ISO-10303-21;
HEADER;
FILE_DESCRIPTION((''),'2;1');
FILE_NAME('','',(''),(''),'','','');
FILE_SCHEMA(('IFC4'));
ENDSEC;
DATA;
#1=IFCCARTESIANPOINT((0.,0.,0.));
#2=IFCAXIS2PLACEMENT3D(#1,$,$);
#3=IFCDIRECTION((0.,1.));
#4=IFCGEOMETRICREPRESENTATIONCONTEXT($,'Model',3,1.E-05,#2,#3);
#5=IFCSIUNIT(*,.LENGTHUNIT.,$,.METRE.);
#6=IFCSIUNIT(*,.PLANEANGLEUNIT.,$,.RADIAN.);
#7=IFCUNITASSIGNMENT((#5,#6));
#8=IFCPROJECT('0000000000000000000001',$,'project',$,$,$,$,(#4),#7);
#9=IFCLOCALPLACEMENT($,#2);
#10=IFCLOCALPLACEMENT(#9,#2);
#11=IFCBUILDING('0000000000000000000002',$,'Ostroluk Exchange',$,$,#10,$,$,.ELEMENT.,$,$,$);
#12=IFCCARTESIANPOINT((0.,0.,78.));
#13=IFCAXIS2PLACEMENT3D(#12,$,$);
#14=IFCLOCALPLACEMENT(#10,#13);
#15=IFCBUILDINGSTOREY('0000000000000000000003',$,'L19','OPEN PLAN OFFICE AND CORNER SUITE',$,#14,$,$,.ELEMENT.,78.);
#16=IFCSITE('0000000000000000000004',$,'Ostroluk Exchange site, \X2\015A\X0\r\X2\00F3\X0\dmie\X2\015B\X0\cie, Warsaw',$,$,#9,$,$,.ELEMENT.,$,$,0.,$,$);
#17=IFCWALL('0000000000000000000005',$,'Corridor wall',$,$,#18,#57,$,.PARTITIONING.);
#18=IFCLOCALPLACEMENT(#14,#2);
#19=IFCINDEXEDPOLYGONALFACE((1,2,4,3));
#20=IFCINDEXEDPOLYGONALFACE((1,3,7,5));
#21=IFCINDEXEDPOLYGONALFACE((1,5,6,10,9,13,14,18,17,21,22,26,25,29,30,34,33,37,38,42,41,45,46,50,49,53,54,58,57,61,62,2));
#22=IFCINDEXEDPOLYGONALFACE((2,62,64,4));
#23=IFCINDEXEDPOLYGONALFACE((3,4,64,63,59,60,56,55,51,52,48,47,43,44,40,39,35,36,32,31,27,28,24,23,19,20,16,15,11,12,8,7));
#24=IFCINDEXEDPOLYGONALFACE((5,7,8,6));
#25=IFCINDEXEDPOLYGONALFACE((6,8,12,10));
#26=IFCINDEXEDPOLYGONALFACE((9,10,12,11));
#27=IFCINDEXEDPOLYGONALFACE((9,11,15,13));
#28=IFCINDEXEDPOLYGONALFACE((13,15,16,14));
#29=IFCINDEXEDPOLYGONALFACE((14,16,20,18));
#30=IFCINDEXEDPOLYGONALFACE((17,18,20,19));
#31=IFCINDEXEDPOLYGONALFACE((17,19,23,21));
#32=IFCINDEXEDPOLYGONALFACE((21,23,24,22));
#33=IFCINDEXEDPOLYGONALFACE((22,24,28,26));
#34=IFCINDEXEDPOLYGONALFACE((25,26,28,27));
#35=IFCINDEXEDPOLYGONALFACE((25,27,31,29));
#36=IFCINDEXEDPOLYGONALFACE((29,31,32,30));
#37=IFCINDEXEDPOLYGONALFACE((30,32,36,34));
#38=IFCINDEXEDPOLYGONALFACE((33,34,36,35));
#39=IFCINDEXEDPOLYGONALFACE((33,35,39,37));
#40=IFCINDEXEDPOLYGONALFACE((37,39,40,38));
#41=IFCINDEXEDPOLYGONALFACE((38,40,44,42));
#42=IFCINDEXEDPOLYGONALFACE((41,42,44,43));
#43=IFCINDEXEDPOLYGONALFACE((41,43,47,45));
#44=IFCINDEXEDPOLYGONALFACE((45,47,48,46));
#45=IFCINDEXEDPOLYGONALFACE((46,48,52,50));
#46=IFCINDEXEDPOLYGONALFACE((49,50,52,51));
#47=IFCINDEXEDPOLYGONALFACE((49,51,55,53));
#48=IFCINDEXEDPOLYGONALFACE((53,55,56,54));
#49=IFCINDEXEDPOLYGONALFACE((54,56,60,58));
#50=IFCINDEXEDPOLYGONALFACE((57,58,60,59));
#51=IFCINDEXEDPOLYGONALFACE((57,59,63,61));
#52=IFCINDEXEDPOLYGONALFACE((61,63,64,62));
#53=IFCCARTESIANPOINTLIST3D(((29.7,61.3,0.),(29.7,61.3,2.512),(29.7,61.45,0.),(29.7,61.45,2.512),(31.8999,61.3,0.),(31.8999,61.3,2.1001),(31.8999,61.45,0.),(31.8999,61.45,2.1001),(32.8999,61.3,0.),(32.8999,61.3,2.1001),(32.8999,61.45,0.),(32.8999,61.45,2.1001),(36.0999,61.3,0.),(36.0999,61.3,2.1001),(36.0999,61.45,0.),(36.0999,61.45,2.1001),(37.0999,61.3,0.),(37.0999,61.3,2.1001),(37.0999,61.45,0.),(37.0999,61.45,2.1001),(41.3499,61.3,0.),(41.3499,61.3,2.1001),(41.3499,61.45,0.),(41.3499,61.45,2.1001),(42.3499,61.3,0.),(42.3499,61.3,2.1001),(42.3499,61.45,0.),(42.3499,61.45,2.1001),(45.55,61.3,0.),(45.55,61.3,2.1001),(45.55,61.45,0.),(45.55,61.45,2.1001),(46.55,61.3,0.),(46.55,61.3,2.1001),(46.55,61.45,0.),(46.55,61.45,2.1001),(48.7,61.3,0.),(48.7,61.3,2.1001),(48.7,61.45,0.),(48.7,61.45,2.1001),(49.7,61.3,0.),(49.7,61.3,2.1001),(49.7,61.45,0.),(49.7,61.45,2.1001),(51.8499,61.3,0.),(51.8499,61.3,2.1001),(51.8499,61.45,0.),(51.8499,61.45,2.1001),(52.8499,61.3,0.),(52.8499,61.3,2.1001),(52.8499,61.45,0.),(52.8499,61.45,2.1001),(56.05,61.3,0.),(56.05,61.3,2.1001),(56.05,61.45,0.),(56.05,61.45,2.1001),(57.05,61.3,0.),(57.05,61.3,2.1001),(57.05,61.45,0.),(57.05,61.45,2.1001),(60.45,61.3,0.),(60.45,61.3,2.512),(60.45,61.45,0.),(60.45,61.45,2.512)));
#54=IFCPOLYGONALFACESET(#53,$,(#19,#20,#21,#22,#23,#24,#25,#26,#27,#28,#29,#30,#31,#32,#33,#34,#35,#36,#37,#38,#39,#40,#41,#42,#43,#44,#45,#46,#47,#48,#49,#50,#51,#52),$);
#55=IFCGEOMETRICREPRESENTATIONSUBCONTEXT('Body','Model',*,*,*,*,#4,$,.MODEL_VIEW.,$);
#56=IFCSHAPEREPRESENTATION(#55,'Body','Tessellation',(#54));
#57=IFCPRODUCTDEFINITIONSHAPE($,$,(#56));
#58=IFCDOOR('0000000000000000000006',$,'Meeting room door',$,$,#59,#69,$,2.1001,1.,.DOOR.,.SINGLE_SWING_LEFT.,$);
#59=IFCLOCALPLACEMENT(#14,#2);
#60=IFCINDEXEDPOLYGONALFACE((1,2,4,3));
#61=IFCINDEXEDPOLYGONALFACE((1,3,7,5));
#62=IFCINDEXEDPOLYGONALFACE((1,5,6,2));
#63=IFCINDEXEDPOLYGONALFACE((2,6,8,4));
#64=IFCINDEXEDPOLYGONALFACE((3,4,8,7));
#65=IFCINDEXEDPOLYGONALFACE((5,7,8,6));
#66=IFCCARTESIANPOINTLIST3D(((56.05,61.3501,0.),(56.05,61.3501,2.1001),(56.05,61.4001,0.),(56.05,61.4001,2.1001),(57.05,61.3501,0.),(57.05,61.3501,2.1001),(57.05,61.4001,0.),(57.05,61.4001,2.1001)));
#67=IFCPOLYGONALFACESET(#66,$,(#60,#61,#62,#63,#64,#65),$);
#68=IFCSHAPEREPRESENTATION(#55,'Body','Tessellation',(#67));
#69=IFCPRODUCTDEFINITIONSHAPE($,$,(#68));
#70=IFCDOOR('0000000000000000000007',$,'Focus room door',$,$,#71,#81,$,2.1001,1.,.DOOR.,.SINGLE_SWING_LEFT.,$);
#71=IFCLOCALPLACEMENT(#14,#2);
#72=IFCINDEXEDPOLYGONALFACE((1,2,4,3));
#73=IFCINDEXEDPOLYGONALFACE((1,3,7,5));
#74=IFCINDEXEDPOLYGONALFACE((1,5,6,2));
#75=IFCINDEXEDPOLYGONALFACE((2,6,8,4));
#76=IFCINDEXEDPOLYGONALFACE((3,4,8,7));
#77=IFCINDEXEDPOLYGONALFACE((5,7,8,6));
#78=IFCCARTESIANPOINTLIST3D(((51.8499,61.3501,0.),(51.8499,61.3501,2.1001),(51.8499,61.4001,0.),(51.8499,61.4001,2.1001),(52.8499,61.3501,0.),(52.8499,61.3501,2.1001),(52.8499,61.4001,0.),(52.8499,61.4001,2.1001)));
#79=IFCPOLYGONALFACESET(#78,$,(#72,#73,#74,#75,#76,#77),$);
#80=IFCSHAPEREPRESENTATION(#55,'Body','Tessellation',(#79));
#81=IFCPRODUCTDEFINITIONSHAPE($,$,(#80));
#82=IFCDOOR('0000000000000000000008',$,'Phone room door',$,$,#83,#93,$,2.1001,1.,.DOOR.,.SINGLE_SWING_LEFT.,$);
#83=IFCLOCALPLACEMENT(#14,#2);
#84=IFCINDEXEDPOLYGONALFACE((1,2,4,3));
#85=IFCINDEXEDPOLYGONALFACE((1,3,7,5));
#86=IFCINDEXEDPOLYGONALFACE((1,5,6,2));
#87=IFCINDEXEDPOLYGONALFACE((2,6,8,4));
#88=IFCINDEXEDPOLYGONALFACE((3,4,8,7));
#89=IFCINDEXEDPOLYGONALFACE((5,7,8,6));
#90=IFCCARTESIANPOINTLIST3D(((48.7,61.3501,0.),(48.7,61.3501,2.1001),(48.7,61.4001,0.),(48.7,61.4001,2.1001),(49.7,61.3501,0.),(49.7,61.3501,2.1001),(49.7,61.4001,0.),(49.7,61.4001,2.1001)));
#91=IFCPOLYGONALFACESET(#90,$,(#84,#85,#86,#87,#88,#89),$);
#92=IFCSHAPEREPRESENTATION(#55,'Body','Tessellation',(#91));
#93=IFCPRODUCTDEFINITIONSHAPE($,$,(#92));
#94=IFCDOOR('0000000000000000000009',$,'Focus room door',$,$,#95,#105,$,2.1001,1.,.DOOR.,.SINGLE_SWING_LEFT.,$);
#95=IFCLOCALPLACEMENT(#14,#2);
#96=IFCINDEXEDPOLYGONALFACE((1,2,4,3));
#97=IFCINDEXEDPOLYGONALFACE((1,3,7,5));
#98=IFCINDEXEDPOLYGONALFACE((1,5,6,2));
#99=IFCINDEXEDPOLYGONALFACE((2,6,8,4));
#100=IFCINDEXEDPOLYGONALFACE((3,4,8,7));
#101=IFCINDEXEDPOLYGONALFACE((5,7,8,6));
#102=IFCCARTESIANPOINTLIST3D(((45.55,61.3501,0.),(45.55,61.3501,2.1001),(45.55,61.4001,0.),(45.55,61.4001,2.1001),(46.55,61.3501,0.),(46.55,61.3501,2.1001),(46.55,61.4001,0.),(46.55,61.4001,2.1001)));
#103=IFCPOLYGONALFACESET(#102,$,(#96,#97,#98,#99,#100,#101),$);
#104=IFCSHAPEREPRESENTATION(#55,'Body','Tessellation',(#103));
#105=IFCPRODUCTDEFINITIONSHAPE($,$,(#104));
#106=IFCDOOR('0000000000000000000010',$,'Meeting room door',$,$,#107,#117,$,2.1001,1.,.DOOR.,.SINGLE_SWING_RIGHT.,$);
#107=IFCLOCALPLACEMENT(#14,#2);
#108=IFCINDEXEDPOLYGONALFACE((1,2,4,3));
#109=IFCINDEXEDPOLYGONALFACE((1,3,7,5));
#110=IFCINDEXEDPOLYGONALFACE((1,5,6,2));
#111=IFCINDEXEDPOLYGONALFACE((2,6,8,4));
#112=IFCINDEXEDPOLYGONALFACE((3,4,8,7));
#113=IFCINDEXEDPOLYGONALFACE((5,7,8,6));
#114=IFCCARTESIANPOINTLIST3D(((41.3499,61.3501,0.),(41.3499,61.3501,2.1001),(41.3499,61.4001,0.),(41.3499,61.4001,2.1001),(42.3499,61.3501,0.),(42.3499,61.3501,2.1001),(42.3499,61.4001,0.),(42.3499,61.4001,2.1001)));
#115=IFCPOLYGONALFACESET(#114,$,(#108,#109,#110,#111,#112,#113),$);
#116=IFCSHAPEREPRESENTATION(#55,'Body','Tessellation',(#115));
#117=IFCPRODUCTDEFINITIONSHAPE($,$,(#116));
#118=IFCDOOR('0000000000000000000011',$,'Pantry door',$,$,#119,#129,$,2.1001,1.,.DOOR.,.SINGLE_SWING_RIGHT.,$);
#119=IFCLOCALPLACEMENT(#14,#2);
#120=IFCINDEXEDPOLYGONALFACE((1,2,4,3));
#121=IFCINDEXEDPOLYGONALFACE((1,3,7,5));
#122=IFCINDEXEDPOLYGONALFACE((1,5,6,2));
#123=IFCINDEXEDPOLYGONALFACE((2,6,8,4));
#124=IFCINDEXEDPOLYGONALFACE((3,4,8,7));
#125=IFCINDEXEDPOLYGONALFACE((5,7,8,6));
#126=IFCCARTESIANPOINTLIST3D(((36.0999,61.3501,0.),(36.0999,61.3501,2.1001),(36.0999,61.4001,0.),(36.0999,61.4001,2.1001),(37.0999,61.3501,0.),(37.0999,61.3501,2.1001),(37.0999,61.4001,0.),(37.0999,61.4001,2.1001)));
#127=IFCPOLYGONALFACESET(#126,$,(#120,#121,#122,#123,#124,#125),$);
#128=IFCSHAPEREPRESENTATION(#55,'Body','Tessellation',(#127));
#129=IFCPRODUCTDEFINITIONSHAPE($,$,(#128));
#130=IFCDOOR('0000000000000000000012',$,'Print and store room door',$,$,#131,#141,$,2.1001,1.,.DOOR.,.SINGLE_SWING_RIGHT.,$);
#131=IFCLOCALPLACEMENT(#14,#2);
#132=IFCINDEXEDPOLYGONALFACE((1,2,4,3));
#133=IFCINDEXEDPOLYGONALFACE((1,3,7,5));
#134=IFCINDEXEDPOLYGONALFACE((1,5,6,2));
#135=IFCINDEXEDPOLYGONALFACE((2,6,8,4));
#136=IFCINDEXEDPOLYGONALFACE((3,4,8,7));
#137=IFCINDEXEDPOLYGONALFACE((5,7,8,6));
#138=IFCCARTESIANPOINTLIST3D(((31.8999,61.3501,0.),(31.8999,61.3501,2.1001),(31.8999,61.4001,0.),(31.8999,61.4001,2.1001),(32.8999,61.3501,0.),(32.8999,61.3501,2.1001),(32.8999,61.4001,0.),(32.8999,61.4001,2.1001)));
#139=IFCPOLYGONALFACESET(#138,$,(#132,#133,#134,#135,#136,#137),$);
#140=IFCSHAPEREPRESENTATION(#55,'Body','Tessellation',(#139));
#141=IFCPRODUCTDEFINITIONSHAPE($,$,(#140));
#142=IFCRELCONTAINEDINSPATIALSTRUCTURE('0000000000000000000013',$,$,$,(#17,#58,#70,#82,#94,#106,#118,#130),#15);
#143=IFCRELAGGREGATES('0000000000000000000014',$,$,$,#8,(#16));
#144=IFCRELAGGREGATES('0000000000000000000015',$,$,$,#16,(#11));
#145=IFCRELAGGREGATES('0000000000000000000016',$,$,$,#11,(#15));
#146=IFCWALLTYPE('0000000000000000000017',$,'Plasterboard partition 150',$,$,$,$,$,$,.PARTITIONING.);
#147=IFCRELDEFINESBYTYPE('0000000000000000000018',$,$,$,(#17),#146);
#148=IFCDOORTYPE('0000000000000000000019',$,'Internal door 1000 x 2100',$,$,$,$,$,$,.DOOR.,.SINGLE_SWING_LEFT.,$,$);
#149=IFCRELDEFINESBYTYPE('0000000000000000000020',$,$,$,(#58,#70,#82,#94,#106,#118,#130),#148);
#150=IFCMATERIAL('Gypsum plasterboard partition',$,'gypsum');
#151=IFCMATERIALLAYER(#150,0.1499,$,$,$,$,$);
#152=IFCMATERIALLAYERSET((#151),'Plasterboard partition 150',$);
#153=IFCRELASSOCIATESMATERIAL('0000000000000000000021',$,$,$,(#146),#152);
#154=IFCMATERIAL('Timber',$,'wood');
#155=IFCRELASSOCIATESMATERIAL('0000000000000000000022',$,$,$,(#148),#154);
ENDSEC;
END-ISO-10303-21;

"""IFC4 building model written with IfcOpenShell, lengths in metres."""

from ifc_helpers import new_model, si_unit, direction, frame, frame_2d, origin, place, context, subcontext, project, spatial, rectangle, extrude, material, layer, layer_set, type_object, element, fill, save


model = new_model("IFC4")

# Units and contexts
model_context = context("Model", 3, precision=1e-05, world=origin(), true_north=direction((0.0, 1.0)))
body_context = subcontext(model_context, "Body", "Model", "MODEL_VIEW")
ifc_project = project(units=[si_unit("LENGTHUNIT", "METRE"), si_unit("PLANEANGLEUNIT", "RADIAN")], contexts=[model_context])

# Site, building, storey
site_placement = place(None, origin())
site = spatial("IfcSite", under=ifc_project, at=site_placement, Name="Ostroluk Exchange site, Śródmieście, Warsaw", CompositionType="ELEMENT", RefElevation=0.0)
building_placement = place(site_placement, origin())
building = spatial("IfcBuilding", under=site, at=building_placement, Name="Ostroluk Exchange", CompositionType="ELEMENT")
storey_placement = place(building_placement, frame((0.0, 0.0, 78.0)))
storey = spatial("IfcBuildingStorey", under=building, at=storey_placement, Name="L19", Description="OPEN PLAN OFFICE AND CORNER SUITE", CompositionType="ELEMENT", Elevation=78.0)

# Shared definitions
ifc_material_1 = material(Name="Gypsum plasterboard partition", Category="gypsum")
ifc_layer_1 = layer(ifc_material_1, 0.1499)
ifc_layer_set_1 = layer_set([ifc_layer_1], Name="Plasterboard partition 150")
wall_type_1 = type_object("IfcWallType", Name="Plasterboard partition 150", PredefinedType="PARTITIONING", material=ifc_layer_set_1)

# Wall, openings, doors
wall_1_placement = place(storey_placement, frame((60.45, 61.375, 0.0), z_axis=(0.0, 0.0, 1.0), x_axis=(-1.0, 0.0, 0.0)))
wall_1 = element("IfcWall", 1, at=wall_1_placement, inside=storey, type_object=wall_type_1, Name="Corridor wall", PredefinedType="PARTITIONING", context=body_context, shape_type="SweptSolid", body=[
    extrude(rectangle(XDim=30.75, YDim=0.1499, at=frame_2d((15.375, 0.0))), origin(), (0.0, 0.0, 1.0), 2.512),
])
opening_1_placement = place(wall_1_placement, frame((3.3999, 0.0, 0.0)))
opening_1 = element("IfcOpeningElement", 2, at=opening_1_placement, cuts=wall_1, PredefinedType="OPENING", context=body_context, shape_type="SweptSolid", body=[
    extrude(rectangle(XDim=1.0, YDim=2.1001, at=frame_2d((0.5, 1.05))), frame((0.0, 0.085, 0.0), z_axis=(0.0, -1.0, 0.0), x_axis=(1.0, 0.0, 0.0)), (0.0, 0.0, 1.0), 0.1699),
])
opening_2_placement = place(wall_1_placement, frame((7.6001, 0.0, 0.0)))
opening_2 = element("IfcOpeningElement", 3, at=opening_2_placement, cuts=wall_1, PredefinedType="OPENING", context=body_context, shape_type="SweptSolid", body=[
    extrude(rectangle(XDim=1.0, YDim=2.1001, at=frame_2d((0.5, 1.05))), frame((0.0, 0.085, 0.0), z_axis=(0.0, -1.0, 0.0), x_axis=(1.0, 0.0, 0.0)), (0.0, 0.0, 1.0), 0.1699),
])
opening_3_placement = place(wall_1_placement, frame((10.75, 0.0, 0.0)))
opening_3 = element("IfcOpeningElement", 4, at=opening_3_placement, cuts=wall_1, PredefinedType="OPENING", context=body_context, shape_type="SweptSolid", body=[
    extrude(rectangle(XDim=1.0, YDim=2.1001, at=frame_2d((0.5, 1.05))), frame((0.0, 0.085, 0.0), z_axis=(0.0, -1.0, 0.0), x_axis=(1.0, 0.0, 0.0)), (0.0, 0.0, 1.0), 0.1699),
])
opening_4_placement = place(wall_1_placement, frame((13.8999, 0.0, 0.0)))
opening_4 = element("IfcOpeningElement", 5, at=opening_4_placement, cuts=wall_1, PredefinedType="OPENING", context=body_context, shape_type="SweptSolid", body=[
    extrude(rectangle(XDim=1.0, YDim=2.1001, at=frame_2d((0.5, 1.05))), frame((0.0, 0.085, 0.0), z_axis=(0.0, -1.0, 0.0), x_axis=(1.0, 0.0, 0.0)), (0.0, 0.0, 1.0), 0.1699),
])
opening_5_placement = place(wall_1_placement, frame((18.1001, 0.0, 0.0)))
opening_5 = element("IfcOpeningElement", 6, at=opening_5_placement, cuts=wall_1, PredefinedType="OPENING", context=body_context, shape_type="SweptSolid", body=[
    extrude(rectangle(XDim=1.0, YDim=2.1001, at=frame_2d((0.5, 1.05))), frame((0.0, 0.085, 0.0), z_axis=(0.0, -1.0, 0.0), x_axis=(1.0, 0.0, 0.0)), (0.0, 0.0, 1.0), 0.1699),
])
opening_6_placement = place(wall_1_placement, frame((23.3501, 0.0, 0.0)))
opening_6 = element("IfcOpeningElement", 7, at=opening_6_placement, cuts=wall_1, PredefinedType="OPENING", context=body_context, shape_type="SweptSolid", body=[
    extrude(rectangle(XDim=1.0, YDim=2.1001, at=frame_2d((0.5, 1.05))), frame((0.0, 0.085, 0.0), z_axis=(0.0, -1.0, 0.0), x_axis=(1.0, 0.0, 0.0)), (0.0, 0.0, 1.0), 0.1699),
])
opening_7_placement = place(wall_1_placement, frame((27.55, 0.0, 0.0)))
opening_7 = element("IfcOpeningElement", 8, at=opening_7_placement, cuts=wall_1, PredefinedType="OPENING", context=body_context, shape_type="SweptSolid", body=[
    extrude(rectangle(XDim=1.0, YDim=2.1001, at=frame_2d((0.5, 1.05))), frame((0.0, 0.085, 0.0), z_axis=(0.0, -1.0, 0.0), x_axis=(1.0, 0.0, 0.0)), (0.0, 0.0, 1.0), 0.1699),
])
ifc_material_2 = material(Name="Timber", Category="wood")
door_type = type_object("IfcDoorType", Name="Internal door 1000 x 2100", OperationType="SINGLE_SWING_LEFT", PredefinedType="DOOR", material=ifc_material_2)
door_1_placement = place(opening_1_placement, origin())
door_1 = element("IfcDoor", 9, at=door_1_placement, inside=storey, type_object=door_type, Name="Meeting room door", OperationType="SINGLE_SWING_LEFT", OverallHeight=2.1001, OverallWidth=1.0, PredefinedType="DOOR", context=body_context, shape_type="SweptSolid", body=[
    extrude(rectangle(XDim=1.0, YDim=2.1001, at=frame_2d((0.5, 1.05))), frame((0.0, 0.0249, 0.0), z_axis=(0.0, -1.0, 0.0), x_axis=(1.0, 0.0, 0.0)), (0.0, 0.0, 1.0), 0.05),
])
fill(opening_1, door_1)
door_2_placement = place(opening_2_placement, origin())
door_2 = element("IfcDoor", 10, at=door_2_placement, inside=storey, type_object=door_type, Name="Focus room door", OperationType="SINGLE_SWING_LEFT", OverallHeight=2.1001, OverallWidth=1.0, PredefinedType="DOOR", context=body_context, shape_type="SweptSolid", body=[
    extrude(rectangle(XDim=1.0, YDim=2.1001, at=frame_2d((0.5, 1.05))), frame((0.0, 0.0249, 0.0), z_axis=(0.0, -1.0, 0.0), x_axis=(1.0, 0.0, 0.0)), (0.0, 0.0, 1.0), 0.05),
])
fill(opening_2, door_2)
door_3_placement = place(opening_3_placement, origin())
door_3 = element("IfcDoor", 11, at=door_3_placement, inside=storey, type_object=door_type, Name="Phone room door", OperationType="SINGLE_SWING_LEFT", OverallHeight=2.1001, OverallWidth=1.0, PredefinedType="DOOR", context=body_context, shape_type="SweptSolid", body=[
    extrude(rectangle(XDim=1.0, YDim=2.1001, at=frame_2d((0.5, 1.05))), frame((0.0, 0.0249, 0.0), z_axis=(0.0, -1.0, 0.0), x_axis=(1.0, 0.0, 0.0)), (0.0, 0.0, 1.0), 0.05),
])
fill(opening_3, door_3)
door_4_placement = place(opening_4_placement, origin())
door_4 = element("IfcDoor", 12, at=door_4_placement, inside=storey, type_object=door_type, Name="Focus room door", OperationType="SINGLE_SWING_LEFT", OverallHeight=2.1001, OverallWidth=1.0, PredefinedType="DOOR", context=body_context, shape_type="SweptSolid", body=[
    extrude(rectangle(XDim=1.0, YDim=2.1001, at=frame_2d((0.5, 1.05))), frame((0.0, 0.0249, 0.0), z_axis=(0.0, -1.0, 0.0), x_axis=(1.0, 0.0, 0.0)), (0.0, 0.0, 1.0), 0.05),
])
fill(opening_4, door_4)
door_5_placement = place(opening_5_placement, origin())
door_5 = element("IfcDoor", 13, at=door_5_placement, inside=storey, type_object=door_type, Name="Meeting room door", OperationType="SINGLE_SWING_RIGHT", OverallHeight=2.1001, OverallWidth=1.0, PredefinedType="DOOR", context=body_context, shape_type="SweptSolid", body=[
    extrude(rectangle(XDim=1.0, YDim=2.1001, at=frame_2d((0.5, 1.05))), frame((0.0, 0.0249, 0.0), z_axis=(0.0, -1.0, 0.0), x_axis=(1.0, 0.0, 0.0)), (0.0, 0.0, 1.0), 0.05),
])
fill(opening_5, door_5)
door_6_placement = place(opening_6_placement, origin())
door_6 = element("IfcDoor", 14, at=door_6_placement, inside=storey, type_object=door_type, Name="Pantry door", OperationType="SINGLE_SWING_RIGHT", OverallHeight=2.1001, OverallWidth=1.0, PredefinedType="DOOR", context=body_context, shape_type="SweptSolid", body=[
    extrude(rectangle(XDim=1.0, YDim=2.1001, at=frame_2d((0.5, 1.05))), frame((0.0, 0.0249, 0.0), z_axis=(0.0, -1.0, 0.0), x_axis=(1.0, 0.0, 0.0)), (0.0, 0.0, 1.0), 0.05),
])
fill(opening_6, door_6)
door_7_placement = place(opening_7_placement, origin())
door_7 = element("IfcDoor", 15, at=door_7_placement, inside=storey, type_object=door_type, Name="Print and store room door", OperationType="SINGLE_SWING_RIGHT", OverallHeight=2.1001, OverallWidth=1.0, PredefinedType="DOOR", context=body_context, shape_type="SweptSolid", body=[
    extrude(rectangle(XDim=1.0, YDim=2.1001, at=frame_2d((0.5, 1.05))), frame((0.0, 0.0249, 0.0), z_axis=(0.0, -1.0, 0.0), x_axis=(1.0, 0.0, 0.0)), (0.0, 0.0, 1.0), 0.05),
])
fill(opening_7, door_7)

save(model, "model.ifc")
